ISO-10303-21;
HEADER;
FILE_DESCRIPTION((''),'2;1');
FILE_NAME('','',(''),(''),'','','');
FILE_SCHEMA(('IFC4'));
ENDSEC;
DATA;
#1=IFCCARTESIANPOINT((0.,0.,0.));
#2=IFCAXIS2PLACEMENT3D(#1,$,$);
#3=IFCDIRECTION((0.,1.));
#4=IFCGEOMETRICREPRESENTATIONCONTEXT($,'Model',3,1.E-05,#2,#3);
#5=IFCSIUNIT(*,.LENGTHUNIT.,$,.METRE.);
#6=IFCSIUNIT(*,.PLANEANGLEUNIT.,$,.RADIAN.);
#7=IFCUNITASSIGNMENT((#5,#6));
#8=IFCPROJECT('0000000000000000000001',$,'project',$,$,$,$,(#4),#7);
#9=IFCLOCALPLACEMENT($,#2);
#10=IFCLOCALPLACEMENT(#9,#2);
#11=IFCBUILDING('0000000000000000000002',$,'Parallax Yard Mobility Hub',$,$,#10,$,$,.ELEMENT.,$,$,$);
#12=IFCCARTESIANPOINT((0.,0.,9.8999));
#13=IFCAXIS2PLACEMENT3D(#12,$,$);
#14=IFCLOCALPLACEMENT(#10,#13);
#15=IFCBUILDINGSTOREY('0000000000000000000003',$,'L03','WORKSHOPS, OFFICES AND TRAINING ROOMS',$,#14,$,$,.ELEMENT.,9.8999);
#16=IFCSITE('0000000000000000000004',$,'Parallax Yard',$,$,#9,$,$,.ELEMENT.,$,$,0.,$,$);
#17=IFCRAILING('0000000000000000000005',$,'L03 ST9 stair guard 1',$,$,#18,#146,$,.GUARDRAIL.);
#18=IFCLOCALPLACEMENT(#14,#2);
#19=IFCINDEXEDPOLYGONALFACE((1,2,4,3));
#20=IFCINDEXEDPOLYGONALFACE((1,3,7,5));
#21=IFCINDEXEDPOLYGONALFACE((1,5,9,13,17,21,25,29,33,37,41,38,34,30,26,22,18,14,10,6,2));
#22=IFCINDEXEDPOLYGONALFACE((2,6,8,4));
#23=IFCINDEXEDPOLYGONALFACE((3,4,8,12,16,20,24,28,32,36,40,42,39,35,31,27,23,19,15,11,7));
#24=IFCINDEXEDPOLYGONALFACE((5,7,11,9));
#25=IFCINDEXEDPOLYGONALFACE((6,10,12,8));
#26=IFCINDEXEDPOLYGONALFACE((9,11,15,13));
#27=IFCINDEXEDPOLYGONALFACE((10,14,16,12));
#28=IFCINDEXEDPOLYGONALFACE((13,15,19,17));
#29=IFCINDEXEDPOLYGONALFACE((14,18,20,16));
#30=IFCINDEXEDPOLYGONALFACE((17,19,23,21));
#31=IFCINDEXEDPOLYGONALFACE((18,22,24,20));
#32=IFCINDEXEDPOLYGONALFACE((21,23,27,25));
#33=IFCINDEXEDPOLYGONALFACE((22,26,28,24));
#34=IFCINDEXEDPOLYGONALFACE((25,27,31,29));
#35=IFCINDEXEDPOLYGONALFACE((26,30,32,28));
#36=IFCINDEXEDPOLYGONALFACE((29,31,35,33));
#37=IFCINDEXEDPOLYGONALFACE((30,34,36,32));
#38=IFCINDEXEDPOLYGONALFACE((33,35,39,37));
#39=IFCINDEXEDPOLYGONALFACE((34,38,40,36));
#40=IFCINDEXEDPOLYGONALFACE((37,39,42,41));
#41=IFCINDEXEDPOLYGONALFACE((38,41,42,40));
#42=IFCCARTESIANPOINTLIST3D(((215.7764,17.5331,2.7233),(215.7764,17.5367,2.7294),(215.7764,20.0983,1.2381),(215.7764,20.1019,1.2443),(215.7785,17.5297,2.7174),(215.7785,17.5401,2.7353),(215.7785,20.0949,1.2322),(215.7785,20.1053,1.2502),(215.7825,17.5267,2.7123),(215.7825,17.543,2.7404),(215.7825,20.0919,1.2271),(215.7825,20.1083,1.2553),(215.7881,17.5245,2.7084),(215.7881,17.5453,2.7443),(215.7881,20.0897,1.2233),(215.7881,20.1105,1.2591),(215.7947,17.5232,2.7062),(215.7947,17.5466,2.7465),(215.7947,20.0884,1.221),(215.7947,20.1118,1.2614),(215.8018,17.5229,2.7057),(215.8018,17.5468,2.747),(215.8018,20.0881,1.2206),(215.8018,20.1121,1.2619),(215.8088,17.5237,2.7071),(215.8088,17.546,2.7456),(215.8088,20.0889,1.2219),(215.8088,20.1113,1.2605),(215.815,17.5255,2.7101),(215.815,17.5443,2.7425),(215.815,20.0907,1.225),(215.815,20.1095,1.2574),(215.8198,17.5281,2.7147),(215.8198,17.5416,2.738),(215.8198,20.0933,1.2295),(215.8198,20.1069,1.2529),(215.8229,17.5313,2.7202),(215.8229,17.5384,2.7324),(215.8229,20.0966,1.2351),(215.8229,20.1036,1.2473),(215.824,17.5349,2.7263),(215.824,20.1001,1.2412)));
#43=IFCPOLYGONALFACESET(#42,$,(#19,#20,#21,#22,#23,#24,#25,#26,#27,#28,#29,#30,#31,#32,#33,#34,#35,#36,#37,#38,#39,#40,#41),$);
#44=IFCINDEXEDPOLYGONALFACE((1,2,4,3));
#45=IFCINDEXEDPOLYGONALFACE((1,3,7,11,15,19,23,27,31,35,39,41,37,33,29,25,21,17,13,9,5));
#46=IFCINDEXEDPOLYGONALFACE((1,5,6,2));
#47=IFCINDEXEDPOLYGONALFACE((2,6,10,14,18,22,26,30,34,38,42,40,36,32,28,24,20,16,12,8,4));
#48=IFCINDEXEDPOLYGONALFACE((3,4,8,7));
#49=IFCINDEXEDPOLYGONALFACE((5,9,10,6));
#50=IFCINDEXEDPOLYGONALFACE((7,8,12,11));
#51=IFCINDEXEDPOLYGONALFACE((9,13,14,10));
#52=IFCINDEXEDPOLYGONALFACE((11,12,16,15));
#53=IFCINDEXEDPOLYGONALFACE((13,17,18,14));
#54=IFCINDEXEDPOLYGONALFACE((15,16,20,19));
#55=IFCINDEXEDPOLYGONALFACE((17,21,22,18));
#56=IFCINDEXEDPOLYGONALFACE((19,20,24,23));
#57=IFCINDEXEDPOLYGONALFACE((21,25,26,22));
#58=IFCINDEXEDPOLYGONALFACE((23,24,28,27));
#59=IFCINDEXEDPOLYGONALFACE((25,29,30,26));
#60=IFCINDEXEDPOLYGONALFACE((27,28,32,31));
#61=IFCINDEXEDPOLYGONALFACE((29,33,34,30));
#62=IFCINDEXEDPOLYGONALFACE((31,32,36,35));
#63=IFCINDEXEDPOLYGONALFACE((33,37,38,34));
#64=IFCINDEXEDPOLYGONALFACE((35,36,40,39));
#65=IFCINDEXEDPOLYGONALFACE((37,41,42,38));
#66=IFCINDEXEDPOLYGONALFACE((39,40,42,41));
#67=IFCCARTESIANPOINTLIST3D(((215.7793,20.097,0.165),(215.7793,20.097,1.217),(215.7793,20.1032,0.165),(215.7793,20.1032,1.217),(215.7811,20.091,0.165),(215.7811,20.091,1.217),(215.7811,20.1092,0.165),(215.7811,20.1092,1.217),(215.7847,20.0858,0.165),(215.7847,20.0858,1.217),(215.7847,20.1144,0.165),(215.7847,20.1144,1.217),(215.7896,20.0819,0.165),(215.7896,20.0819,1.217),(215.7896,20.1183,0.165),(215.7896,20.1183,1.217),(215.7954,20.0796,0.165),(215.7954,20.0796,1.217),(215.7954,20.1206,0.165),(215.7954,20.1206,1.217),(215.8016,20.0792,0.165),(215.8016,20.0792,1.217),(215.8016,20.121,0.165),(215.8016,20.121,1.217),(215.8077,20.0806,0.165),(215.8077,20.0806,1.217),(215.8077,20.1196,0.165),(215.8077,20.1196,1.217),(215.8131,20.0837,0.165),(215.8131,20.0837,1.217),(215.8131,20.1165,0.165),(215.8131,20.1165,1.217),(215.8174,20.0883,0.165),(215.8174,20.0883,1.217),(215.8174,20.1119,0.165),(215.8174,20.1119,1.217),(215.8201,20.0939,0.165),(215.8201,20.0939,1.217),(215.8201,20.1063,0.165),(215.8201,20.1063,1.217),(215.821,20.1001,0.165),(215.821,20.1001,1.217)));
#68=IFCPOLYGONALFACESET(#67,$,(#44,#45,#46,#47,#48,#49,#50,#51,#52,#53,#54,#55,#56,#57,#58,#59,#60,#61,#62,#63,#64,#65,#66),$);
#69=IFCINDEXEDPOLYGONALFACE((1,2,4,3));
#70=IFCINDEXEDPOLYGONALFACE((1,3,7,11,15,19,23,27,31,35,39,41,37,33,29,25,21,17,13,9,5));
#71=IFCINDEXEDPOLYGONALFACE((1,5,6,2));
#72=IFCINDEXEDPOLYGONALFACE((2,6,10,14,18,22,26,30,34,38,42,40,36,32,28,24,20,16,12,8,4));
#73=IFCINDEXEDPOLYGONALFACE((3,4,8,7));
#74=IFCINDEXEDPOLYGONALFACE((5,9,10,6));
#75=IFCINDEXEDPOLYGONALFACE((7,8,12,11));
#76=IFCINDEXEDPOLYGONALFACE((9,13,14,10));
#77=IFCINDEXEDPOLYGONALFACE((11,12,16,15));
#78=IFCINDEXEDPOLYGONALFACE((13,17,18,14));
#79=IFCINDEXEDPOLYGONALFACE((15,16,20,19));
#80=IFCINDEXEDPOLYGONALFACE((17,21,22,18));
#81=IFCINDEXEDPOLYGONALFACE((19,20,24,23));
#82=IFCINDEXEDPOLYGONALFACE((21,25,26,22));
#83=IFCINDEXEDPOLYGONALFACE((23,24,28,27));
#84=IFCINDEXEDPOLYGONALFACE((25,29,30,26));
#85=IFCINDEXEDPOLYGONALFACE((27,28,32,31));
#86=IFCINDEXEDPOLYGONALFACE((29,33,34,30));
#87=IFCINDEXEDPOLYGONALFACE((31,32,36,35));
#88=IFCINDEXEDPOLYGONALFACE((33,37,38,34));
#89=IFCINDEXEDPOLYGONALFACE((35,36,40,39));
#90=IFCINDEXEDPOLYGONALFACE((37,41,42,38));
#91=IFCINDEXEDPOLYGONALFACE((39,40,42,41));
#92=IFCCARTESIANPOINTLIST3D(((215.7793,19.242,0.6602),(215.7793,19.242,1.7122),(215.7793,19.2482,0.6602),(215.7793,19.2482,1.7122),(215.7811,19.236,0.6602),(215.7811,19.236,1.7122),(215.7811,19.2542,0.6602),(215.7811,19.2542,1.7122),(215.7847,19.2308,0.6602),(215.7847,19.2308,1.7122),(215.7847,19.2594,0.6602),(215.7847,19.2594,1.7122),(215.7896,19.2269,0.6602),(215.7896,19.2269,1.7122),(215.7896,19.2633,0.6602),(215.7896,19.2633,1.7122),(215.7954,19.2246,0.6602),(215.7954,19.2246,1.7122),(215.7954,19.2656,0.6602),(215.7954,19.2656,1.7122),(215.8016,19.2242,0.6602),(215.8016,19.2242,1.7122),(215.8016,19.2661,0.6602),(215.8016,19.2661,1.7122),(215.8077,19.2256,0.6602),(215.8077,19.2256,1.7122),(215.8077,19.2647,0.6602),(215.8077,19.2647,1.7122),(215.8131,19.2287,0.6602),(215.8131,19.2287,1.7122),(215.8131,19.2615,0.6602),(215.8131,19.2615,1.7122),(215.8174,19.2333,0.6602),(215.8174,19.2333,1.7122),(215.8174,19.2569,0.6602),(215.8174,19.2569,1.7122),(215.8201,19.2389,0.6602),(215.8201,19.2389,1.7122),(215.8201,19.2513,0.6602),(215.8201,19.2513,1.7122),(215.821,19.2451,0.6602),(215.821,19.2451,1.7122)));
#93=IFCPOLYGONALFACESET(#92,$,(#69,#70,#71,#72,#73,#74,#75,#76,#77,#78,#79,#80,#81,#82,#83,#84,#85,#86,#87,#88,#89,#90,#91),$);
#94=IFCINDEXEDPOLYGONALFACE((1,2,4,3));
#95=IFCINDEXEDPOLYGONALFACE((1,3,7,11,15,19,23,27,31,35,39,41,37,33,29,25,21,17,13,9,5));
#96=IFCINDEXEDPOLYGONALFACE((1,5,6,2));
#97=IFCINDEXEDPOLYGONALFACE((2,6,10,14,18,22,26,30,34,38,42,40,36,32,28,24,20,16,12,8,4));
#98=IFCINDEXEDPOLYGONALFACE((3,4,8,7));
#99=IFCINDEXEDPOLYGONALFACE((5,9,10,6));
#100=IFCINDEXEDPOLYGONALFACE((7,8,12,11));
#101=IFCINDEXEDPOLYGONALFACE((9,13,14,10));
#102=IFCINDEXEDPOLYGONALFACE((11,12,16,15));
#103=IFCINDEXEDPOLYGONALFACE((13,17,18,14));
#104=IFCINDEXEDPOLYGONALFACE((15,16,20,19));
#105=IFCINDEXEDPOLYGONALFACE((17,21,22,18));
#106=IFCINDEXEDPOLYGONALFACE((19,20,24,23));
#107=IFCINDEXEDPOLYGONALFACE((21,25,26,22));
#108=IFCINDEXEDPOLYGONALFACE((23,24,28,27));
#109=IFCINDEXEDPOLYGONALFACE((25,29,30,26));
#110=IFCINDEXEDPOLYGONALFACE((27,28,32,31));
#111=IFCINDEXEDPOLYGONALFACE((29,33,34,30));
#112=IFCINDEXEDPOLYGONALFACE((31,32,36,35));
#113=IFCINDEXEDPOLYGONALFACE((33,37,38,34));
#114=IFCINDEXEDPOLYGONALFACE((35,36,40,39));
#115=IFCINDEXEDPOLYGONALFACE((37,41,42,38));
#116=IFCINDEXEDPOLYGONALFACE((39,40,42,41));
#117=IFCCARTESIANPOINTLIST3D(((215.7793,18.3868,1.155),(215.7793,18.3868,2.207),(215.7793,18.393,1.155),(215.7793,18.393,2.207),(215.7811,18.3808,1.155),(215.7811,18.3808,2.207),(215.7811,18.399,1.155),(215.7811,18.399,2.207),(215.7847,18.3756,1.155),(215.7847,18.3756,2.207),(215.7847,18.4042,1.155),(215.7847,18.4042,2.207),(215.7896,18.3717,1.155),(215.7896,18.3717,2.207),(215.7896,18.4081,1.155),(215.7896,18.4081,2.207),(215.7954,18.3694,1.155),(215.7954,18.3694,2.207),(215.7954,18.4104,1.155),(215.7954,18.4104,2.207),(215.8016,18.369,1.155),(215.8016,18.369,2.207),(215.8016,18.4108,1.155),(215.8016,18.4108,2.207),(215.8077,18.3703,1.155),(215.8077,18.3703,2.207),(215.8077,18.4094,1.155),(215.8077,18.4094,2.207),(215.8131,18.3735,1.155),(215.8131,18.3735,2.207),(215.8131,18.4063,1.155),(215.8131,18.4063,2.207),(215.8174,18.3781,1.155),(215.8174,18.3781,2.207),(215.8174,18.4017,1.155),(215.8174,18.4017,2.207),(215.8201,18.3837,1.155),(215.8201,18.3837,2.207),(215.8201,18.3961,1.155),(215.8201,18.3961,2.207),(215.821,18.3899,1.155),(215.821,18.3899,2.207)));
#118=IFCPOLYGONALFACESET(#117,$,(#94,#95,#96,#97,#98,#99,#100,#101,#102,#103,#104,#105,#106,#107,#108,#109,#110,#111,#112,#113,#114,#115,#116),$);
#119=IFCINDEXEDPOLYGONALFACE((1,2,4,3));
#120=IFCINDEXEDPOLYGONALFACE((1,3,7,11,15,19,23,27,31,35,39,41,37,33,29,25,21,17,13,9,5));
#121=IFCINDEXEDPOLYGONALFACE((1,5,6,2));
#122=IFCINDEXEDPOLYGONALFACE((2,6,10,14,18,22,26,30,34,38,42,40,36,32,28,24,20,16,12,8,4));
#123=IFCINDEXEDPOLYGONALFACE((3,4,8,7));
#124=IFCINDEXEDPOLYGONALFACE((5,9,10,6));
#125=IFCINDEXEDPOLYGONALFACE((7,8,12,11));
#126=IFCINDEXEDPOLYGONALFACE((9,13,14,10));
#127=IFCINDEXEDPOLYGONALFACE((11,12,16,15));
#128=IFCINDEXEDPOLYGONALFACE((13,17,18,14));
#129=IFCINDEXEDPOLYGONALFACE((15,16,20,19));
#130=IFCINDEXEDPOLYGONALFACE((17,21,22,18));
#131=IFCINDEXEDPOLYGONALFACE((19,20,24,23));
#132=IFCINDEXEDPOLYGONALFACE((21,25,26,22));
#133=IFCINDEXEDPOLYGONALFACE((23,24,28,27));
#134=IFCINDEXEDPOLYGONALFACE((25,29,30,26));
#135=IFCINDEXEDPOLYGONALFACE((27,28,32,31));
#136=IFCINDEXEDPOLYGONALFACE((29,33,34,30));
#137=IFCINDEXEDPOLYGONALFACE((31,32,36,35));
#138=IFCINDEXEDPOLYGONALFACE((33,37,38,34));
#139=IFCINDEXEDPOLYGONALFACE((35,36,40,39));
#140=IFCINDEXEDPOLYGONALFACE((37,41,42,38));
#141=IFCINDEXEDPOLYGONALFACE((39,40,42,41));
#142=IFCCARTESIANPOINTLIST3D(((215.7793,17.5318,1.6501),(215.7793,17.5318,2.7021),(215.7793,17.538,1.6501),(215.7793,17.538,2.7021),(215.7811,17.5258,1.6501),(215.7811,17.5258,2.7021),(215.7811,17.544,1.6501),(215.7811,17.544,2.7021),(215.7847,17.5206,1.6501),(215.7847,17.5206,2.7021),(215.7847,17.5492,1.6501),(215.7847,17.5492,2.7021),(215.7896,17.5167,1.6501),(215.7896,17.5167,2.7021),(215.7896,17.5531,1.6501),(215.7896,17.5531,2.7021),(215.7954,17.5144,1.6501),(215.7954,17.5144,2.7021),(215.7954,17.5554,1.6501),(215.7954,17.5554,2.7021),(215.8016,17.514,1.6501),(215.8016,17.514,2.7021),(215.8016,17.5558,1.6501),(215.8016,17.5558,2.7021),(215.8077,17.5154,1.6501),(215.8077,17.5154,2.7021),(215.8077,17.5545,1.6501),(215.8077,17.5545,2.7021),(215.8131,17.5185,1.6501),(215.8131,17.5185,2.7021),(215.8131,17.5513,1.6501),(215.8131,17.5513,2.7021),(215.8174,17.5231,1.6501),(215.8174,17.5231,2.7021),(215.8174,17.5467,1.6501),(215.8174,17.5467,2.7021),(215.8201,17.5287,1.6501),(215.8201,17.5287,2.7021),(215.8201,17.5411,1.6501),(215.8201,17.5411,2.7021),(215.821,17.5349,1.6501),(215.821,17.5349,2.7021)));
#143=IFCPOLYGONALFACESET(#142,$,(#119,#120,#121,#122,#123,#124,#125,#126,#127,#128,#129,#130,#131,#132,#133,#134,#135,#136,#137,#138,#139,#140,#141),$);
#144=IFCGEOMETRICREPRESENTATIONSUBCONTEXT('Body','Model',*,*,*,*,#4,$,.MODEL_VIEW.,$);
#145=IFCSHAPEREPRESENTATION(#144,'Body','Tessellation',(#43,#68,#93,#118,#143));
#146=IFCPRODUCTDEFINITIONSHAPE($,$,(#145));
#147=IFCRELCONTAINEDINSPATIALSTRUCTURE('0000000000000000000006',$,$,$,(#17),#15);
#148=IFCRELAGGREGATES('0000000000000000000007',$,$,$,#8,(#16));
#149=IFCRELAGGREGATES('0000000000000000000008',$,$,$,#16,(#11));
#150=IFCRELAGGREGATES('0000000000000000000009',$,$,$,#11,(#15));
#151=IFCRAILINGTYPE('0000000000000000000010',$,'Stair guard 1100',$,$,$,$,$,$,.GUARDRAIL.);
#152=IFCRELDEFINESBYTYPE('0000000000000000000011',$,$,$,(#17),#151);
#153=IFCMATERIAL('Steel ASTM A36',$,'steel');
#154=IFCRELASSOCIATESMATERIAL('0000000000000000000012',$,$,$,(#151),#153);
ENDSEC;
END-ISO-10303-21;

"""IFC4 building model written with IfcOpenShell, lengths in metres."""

from ifc_helpers import new_model, si_unit, direction, frame, origin, origin_2d, place, context, subcontext, project, spatial, circle, extrude, material, type_object, element, save


model = new_model("IFC4")

# Units and contexts
model_context = context("Model", 3, precision=1e-05, world=origin(), true_north=direction((0.0, 1.0)))
body_context = subcontext(model_context, "Body", "Model", "MODEL_VIEW")
ifc_project = project(units=[si_unit("LENGTHUNIT", "METRE"), si_unit("PLANEANGLEUNIT", "RADIAN")], contexts=[model_context])

# Site, building, storey
site_placement = place(None, origin())
site = spatial("IfcSite", under=ifc_project, at=site_placement, Name="Parallax Yard", CompositionType="ELEMENT", RefElevation=0.0)
building_placement = place(site_placement, origin())
building = spatial("IfcBuilding", under=site, at=building_placement, Name="Parallax Yard Mobility Hub", CompositionType="ELEMENT")
storey_placement = place(building_placement, frame((0.0, 0.0, 9.8999)))
storey = spatial("IfcBuildingStorey", under=building, at=storey_placement, Name="L03", Description="WORKSHOPS, OFFICES AND TRAINING ROOMS", CompositionType="ELEMENT", Elevation=9.8999)

# Railing
ifc_material_1 = material(Name="Steel ASTM A36", Category="steel")
railing_type_1 = type_object("IfcRailingType", Name="Stair guard 1100", PredefinedType="GUARDRAIL", material=ifc_material_1)
railing_1_placement = place(storey_placement, frame((215.8, 20.1001, 0.165)))
element("IfcRailing", 1, at=railing_1_placement, inside=storey, type_object=railing_type_1, Name="L03 ST9 stair guard 1", PredefinedType="GUARDRAIL", context=body_context, shape_type="SweptSolid", body=[
    extrude(circle(Radius=0.0239, at=origin_2d()), frame((0.0, 0.0, 1.0762), z_axis=(0.0, -0.865426, 0.501036), x_axis=(1.0, 0.0, 0.0)), (0.0, 0.0, 1.0), 2.9641),
    extrude(circle(Radius=0.021, at=origin_2d()), origin(), (0.0, 0.0, 1.0), 1.052),
    extrude(circle(Radius=0.021, at=origin_2d()), frame((0.0, -0.855, 0.4951)), (0.0, 0.0, 1.0), 1.052),
    extrude(circle(Radius=0.021, at=origin_2d()), frame((0.0, -1.7102, 0.99)), (0.0, 0.0, 1.0), 1.052),
    extrude(circle(Radius=0.021, at=origin_2d()), frame((0.0, -2.5652, 1.4851)), (0.0, 0.0, 1.0), 1.052),
])

save(model, "model.ifc")
